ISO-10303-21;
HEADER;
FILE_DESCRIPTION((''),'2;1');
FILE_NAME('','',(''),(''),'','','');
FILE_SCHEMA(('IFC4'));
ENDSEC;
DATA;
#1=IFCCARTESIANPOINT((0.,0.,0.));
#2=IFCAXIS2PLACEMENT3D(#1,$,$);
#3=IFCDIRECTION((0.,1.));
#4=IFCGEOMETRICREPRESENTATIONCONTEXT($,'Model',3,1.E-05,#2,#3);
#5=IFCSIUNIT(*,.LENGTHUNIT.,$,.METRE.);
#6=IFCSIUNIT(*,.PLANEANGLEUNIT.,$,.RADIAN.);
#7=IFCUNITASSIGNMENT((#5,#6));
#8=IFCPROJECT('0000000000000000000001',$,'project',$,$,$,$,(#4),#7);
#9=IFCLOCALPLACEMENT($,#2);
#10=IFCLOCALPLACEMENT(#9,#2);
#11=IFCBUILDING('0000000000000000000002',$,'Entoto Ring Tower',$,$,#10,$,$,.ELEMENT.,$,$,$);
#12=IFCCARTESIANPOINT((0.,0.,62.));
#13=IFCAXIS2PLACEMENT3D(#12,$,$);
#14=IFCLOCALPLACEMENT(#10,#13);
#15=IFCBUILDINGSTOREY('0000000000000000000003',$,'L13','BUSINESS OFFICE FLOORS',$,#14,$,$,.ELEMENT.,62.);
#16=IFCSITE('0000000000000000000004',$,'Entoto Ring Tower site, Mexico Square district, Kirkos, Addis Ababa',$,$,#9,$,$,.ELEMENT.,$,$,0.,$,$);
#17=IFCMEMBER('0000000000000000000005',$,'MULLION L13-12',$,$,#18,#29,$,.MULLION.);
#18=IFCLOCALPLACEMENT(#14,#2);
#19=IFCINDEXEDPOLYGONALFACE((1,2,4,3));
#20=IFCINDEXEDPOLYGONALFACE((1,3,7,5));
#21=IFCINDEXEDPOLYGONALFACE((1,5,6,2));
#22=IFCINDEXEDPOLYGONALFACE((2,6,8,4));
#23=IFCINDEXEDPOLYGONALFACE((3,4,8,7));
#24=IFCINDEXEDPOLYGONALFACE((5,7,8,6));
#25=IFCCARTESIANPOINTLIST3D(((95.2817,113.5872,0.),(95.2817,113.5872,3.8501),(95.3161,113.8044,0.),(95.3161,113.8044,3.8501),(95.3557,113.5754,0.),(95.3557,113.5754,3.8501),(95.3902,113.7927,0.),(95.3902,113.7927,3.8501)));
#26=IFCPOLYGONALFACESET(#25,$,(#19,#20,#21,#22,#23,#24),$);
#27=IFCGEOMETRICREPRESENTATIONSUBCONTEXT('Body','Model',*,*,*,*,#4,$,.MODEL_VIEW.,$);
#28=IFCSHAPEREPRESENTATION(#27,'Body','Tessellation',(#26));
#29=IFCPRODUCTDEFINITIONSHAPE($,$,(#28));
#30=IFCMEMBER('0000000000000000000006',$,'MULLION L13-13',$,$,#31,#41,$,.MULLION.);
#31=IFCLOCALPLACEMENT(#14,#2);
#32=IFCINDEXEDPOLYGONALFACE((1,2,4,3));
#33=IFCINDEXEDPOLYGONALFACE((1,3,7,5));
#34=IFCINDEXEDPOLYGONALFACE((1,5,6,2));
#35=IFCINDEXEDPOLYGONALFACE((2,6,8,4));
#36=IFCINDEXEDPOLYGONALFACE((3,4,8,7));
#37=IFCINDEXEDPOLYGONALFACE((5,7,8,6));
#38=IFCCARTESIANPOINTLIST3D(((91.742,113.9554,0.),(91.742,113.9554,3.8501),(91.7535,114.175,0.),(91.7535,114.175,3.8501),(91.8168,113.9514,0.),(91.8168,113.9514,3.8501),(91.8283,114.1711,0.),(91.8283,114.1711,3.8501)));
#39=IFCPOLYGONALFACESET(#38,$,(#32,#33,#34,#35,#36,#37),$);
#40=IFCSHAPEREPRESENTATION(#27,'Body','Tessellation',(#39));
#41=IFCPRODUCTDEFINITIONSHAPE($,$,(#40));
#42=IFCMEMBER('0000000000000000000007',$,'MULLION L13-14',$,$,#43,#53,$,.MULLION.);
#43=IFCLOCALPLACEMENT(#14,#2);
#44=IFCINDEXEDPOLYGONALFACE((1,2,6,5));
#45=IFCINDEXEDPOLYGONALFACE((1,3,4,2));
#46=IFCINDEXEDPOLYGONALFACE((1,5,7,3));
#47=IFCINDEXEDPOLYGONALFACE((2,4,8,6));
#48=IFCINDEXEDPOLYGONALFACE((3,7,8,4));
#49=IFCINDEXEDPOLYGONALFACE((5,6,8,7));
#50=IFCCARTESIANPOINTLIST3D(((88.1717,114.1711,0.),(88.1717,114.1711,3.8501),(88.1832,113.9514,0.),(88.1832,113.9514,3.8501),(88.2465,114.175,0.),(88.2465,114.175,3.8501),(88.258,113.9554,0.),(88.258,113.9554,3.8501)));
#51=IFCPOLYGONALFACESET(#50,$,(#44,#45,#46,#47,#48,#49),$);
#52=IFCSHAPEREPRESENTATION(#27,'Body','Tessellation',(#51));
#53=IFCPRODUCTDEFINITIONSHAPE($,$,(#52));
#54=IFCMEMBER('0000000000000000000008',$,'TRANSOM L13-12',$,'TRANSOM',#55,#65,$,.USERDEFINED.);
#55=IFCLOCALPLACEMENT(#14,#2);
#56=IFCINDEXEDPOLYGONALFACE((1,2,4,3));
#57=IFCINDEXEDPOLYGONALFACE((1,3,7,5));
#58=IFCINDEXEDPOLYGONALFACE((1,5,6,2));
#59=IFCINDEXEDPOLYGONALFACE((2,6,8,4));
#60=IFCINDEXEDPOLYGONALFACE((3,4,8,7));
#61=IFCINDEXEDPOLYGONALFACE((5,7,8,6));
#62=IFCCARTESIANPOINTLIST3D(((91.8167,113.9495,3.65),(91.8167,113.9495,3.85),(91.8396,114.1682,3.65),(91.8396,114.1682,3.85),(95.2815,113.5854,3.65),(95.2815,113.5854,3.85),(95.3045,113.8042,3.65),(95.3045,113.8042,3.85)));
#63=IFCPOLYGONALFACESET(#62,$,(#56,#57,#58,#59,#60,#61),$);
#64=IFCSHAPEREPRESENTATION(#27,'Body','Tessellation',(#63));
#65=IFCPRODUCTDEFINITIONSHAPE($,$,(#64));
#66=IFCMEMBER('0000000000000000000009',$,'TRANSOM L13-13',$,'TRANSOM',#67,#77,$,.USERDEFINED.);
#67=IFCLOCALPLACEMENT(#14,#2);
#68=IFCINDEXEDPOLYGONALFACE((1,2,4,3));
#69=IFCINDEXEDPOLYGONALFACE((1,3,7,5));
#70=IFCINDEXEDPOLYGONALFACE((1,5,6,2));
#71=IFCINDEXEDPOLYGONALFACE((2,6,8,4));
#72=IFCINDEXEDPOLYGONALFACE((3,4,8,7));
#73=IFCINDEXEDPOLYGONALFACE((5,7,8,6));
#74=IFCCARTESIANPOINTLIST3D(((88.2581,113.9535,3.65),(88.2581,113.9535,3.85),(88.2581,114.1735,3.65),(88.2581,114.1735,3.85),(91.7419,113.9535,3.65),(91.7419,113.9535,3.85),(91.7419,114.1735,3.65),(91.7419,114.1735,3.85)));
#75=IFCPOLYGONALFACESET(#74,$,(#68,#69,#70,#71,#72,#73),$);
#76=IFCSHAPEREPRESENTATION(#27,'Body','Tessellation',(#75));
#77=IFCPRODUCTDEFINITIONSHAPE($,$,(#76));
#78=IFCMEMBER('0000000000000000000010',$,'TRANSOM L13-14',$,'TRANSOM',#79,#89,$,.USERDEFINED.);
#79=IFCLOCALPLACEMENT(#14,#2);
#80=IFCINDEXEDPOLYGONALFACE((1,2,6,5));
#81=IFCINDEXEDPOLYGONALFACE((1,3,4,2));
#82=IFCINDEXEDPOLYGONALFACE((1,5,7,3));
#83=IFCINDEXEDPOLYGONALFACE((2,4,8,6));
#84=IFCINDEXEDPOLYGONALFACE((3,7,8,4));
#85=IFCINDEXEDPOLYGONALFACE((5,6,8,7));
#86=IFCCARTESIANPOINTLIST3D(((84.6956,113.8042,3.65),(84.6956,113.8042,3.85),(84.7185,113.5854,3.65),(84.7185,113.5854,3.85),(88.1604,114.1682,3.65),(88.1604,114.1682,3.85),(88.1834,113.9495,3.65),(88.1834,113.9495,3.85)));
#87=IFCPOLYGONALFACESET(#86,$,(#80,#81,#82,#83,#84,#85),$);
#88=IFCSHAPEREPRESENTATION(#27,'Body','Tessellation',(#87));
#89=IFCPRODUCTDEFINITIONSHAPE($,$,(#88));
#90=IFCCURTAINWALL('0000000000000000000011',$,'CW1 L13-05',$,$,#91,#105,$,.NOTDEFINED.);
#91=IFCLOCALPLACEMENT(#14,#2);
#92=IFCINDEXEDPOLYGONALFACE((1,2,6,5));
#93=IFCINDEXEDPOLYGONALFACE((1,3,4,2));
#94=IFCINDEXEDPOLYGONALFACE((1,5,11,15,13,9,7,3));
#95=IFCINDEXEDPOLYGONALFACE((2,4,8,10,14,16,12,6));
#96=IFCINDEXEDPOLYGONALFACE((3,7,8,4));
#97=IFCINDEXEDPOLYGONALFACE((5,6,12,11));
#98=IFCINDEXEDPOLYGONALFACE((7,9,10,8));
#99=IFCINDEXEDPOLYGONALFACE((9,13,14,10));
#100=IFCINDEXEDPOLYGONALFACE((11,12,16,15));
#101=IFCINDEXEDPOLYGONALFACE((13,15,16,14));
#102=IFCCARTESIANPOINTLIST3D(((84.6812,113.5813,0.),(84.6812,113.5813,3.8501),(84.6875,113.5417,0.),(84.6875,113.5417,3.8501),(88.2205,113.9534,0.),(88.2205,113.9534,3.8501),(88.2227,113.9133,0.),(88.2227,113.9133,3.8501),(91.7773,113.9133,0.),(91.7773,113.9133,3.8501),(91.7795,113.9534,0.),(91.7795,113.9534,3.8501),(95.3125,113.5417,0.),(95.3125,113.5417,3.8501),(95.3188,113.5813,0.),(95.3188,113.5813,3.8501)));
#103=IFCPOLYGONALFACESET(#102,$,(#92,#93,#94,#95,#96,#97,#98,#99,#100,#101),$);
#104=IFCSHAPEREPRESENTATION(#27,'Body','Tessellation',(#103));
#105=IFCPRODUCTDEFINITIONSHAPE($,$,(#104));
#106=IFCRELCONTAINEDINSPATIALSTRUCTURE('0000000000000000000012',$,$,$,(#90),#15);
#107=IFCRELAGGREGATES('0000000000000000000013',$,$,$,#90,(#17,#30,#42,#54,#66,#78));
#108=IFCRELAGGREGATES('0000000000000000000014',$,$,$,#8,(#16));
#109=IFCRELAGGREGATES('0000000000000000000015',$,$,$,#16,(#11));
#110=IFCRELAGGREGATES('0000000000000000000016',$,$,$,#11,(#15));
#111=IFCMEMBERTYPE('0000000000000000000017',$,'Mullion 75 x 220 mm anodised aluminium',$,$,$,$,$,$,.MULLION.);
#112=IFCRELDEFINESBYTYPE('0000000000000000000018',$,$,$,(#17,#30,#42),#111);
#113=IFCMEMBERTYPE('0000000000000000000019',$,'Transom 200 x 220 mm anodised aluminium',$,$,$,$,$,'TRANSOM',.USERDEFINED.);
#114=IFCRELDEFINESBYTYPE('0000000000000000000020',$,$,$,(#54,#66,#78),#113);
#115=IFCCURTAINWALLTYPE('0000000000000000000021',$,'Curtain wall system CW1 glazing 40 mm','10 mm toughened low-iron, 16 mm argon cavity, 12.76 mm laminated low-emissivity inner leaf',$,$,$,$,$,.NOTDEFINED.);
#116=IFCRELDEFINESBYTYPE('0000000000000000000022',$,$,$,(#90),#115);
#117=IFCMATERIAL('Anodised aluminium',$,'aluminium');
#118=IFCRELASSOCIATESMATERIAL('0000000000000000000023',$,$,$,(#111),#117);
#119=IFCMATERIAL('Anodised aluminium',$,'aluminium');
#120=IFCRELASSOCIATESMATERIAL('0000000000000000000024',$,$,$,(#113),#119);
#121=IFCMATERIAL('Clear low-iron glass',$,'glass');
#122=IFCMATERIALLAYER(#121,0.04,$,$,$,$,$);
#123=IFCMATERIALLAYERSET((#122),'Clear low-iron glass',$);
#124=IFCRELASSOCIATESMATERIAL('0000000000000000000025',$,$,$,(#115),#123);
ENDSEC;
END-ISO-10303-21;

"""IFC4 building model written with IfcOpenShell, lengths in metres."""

from ifc_helpers import new_model, si_unit, direction, frame, origin, origin_2d, place, context, subcontext, project, spatial, polyline, rectangle, outline, extrude, material, layer, layer_set, material_profile, profile_set, type_object, element, aggregate, save


model = new_model("IFC4")

# Units and contexts
model_context = context("Model", 3, precision=1e-05, world=origin(), true_north=direction((0.0, 1.0)))
body_context = subcontext(model_context, "Body", "Model", "MODEL_VIEW")
ifc_project = project(units=[si_unit("LENGTHUNIT", "METRE"), si_unit("PLANEANGLEUNIT", "RADIAN")], contexts=[model_context])

# Members
ifc_material_1 = material(Name="Anodised aluminium", Category="aluminium")
ifc_material_profile_1 = material_profile(ifc_material_1, rectangle(XDim=0.075, YDim=0.22, at=origin_2d()), Name="Mullion 75 x 220 mm anodised aluminium")
ifc_profile_set_1 = profile_set([ifc_material_profile_1], Name="Anodised aluminium")
member_type_1 = type_object("IfcMemberType", Name="Mullion 75 x 220 mm anodised aluminium", PredefinedType="MULLION", material=ifc_profile_set_1)
site_placement = place(None, origin())
building_placement = place(site_placement, origin())
storey_placement = place(building_placement, frame((0.0, 0.0, 62.0)))
member_1_placement = place(storey_placement, frame((95.3359, 113.6899, 0.0), z_axis=(0.0, 0.0, 1.0), x_axis=(-0.987688, 0.156434, 0.0)))
member_1 = element("IfcMember", 1, at=member_1_placement, type_object=member_type_1, Name="MULLION L13-12", PredefinedType="MULLION", context=body_context, shape_type="SweptSolid", body=[
    extrude(rectangle(XDim=0.075, YDim=0.22, at=origin_2d()), origin(), (0.0, 0.0, 1.0), 3.8501),
])
member_2_placement = place(storey_placement, frame((91.7852, 114.0632, 0.0), z_axis=(0.0, 0.0, 1.0), x_axis=(-0.99863, 0.052336, 0.0)))
member_2 = element("IfcMember", 2, at=member_2_placement, type_object=member_type_1, Name="MULLION L13-13", PredefinedType="MULLION", context=body_context, shape_type="SweptSolid", body=[
    extrude(rectangle(XDim=0.075, YDim=0.22, at=origin_2d()), origin(), (0.0, 0.0, 1.0), 3.8501),
])
member_3_placement = place(storey_placement, frame((88.2148, 114.0632, 0.0), z_axis=(0.0, 0.0, 1.0), x_axis=(-0.99863, -0.052336, 0.0)))
member_3 = element("IfcMember", 3, at=member_3_placement, type_object=member_type_1, Name="MULLION L13-14", PredefinedType="MULLION", context=body_context, shape_type="SweptSolid", body=[
    extrude(rectangle(XDim=0.075, YDim=0.22, at=origin_2d()), origin(), (0.0, 0.0, 1.0), 3.8501),
])
ifc_material_2 = material(Name="Anodised aluminium", Category="aluminium")
ifc_material_profile_2 = material_profile(ifc_material_2, rectangle(XDim=0.22, YDim=0.2, at=origin_2d()), Name="Transom 200 x 220 mm anodised aluminium")
ifc_profile_set_2 = profile_set([ifc_material_profile_2], Name="Anodised aluminium")
member_type_2 = type_object("IfcMemberType", Name="Transom 200 x 220 mm anodised aluminium", ElementType="TRANSOM", PredefinedType="USERDEFINED", material=ifc_profile_set_2)
member_4_placement = place(storey_placement, frame((95.293, 113.6948, 3.75), z_axis=(-0.994527, 0.104484, 0.0), x_axis=(-0.104484, -0.994527, 0.0)))
member_4 = element("IfcMember", 4, at=member_4_placement, type_object=member_type_2, Name="TRANSOM L13-12", ObjectType="TRANSOM", PredefinedType="USERDEFINED", context=body_context, shape_type="SweptSolid", body=[
    extrude(rectangle(XDim=0.22, YDim=0.2, at=origin_2d()), origin(), (0.0, 0.0, 1.0), 3.4839),
])
member_5_placement = place(storey_placement, frame((91.7419, 114.0635, 3.75), z_axis=(-1.0, 0.0, 0.0), x_axis=(0.0, -1.0, 0.0)))
member_5 = element("IfcMember", 5, at=member_5_placement, type_object=member_type_2, Name="TRANSOM L13-13", ObjectType="TRANSOM", PredefinedType="USERDEFINED", context=body_context, shape_type="SweptSolid", body=[
    extrude(rectangle(XDim=0.22, YDim=0.2, at=origin_2d()), origin(), (0.0, 0.0, 1.0), 3.4839),
])
member_6_placement = place(storey_placement, frame((88.1719, 114.0588, 3.75), z_axis=(-0.994527, -0.104484, 0.0), x_axis=(0.104484, -0.994527, 0.0)))
member_6 = element("IfcMember", 6, at=member_6_placement, type_object=member_type_2, Name="TRANSOM L13-14", ObjectType="TRANSOM", PredefinedType="USERDEFINED", context=body_context, shape_type="SweptSolid", body=[
    extrude(rectangle(XDim=0.22, YDim=0.2, at=origin_2d()), origin(), (0.0, 0.0, 1.0), 3.4839),
])

# Site, building, storey
site = spatial("IfcSite", under=ifc_project, at=site_placement, Name="Entoto Ring Tower site, Mexico Square district, Kirkos, Addis Ababa", CompositionType="ELEMENT", RefElevation=0.0)
building = spatial("IfcBuilding", under=site, at=building_placement, Name="Entoto Ring Tower", CompositionType="ELEMENT")
storey = spatial("IfcBuildingStorey", under=building, at=storey_placement, Name="L13", Description="BUSINESS OFFICE FLOORS", CompositionType="ELEMENT", Elevation=62.0)

# Curtain wall
ifc_material_3 = material(Name="Clear low-iron glass", Category="glass")
ifc_layer = layer(ifc_material_3, 0.04)
ifc_layer_set = layer_set([ifc_layer], Name="Clear low-iron glass")
curtain_wall_type = type_object("IfcCurtainWallType", Name="Curtain wall system CW1 glazing 40 mm", Description="10 mm toughened low-iron, 16 mm argon cavity, 12.76 mm laminated low-emissivity inner leaf", PredefinedType="NOTDEFINED", material=ifc_layer_set)
curtain_wall_1_placement = place(storey_placement, origin())
curtain_wall_1 = element("IfcCurtainWall", 7, at=curtain_wall_1_placement, inside=storey, type_object=curtain_wall_type, Name="CW1 L13-05", PredefinedType="NOTDEFINED", context=body_context, shape_type="SweptSolid", body=[
    extrude(outline(polyline([(95.3188, 113.5813), (91.7795, 113.9534), (88.2205, 113.9534), (84.6812, 113.5813), (84.6875, 113.5417), (88.2227, 113.9133), (91.7773, 113.9133), (95.3125, 113.5417), (95.3188, 113.5813)])), origin(), (0.0, 0.0, 1.0), 3.8501),
])
aggregate(curtain_wall_1, [member_1, member_2, member_3, member_4, member_5, member_6])

save(model, "model.ifc")
